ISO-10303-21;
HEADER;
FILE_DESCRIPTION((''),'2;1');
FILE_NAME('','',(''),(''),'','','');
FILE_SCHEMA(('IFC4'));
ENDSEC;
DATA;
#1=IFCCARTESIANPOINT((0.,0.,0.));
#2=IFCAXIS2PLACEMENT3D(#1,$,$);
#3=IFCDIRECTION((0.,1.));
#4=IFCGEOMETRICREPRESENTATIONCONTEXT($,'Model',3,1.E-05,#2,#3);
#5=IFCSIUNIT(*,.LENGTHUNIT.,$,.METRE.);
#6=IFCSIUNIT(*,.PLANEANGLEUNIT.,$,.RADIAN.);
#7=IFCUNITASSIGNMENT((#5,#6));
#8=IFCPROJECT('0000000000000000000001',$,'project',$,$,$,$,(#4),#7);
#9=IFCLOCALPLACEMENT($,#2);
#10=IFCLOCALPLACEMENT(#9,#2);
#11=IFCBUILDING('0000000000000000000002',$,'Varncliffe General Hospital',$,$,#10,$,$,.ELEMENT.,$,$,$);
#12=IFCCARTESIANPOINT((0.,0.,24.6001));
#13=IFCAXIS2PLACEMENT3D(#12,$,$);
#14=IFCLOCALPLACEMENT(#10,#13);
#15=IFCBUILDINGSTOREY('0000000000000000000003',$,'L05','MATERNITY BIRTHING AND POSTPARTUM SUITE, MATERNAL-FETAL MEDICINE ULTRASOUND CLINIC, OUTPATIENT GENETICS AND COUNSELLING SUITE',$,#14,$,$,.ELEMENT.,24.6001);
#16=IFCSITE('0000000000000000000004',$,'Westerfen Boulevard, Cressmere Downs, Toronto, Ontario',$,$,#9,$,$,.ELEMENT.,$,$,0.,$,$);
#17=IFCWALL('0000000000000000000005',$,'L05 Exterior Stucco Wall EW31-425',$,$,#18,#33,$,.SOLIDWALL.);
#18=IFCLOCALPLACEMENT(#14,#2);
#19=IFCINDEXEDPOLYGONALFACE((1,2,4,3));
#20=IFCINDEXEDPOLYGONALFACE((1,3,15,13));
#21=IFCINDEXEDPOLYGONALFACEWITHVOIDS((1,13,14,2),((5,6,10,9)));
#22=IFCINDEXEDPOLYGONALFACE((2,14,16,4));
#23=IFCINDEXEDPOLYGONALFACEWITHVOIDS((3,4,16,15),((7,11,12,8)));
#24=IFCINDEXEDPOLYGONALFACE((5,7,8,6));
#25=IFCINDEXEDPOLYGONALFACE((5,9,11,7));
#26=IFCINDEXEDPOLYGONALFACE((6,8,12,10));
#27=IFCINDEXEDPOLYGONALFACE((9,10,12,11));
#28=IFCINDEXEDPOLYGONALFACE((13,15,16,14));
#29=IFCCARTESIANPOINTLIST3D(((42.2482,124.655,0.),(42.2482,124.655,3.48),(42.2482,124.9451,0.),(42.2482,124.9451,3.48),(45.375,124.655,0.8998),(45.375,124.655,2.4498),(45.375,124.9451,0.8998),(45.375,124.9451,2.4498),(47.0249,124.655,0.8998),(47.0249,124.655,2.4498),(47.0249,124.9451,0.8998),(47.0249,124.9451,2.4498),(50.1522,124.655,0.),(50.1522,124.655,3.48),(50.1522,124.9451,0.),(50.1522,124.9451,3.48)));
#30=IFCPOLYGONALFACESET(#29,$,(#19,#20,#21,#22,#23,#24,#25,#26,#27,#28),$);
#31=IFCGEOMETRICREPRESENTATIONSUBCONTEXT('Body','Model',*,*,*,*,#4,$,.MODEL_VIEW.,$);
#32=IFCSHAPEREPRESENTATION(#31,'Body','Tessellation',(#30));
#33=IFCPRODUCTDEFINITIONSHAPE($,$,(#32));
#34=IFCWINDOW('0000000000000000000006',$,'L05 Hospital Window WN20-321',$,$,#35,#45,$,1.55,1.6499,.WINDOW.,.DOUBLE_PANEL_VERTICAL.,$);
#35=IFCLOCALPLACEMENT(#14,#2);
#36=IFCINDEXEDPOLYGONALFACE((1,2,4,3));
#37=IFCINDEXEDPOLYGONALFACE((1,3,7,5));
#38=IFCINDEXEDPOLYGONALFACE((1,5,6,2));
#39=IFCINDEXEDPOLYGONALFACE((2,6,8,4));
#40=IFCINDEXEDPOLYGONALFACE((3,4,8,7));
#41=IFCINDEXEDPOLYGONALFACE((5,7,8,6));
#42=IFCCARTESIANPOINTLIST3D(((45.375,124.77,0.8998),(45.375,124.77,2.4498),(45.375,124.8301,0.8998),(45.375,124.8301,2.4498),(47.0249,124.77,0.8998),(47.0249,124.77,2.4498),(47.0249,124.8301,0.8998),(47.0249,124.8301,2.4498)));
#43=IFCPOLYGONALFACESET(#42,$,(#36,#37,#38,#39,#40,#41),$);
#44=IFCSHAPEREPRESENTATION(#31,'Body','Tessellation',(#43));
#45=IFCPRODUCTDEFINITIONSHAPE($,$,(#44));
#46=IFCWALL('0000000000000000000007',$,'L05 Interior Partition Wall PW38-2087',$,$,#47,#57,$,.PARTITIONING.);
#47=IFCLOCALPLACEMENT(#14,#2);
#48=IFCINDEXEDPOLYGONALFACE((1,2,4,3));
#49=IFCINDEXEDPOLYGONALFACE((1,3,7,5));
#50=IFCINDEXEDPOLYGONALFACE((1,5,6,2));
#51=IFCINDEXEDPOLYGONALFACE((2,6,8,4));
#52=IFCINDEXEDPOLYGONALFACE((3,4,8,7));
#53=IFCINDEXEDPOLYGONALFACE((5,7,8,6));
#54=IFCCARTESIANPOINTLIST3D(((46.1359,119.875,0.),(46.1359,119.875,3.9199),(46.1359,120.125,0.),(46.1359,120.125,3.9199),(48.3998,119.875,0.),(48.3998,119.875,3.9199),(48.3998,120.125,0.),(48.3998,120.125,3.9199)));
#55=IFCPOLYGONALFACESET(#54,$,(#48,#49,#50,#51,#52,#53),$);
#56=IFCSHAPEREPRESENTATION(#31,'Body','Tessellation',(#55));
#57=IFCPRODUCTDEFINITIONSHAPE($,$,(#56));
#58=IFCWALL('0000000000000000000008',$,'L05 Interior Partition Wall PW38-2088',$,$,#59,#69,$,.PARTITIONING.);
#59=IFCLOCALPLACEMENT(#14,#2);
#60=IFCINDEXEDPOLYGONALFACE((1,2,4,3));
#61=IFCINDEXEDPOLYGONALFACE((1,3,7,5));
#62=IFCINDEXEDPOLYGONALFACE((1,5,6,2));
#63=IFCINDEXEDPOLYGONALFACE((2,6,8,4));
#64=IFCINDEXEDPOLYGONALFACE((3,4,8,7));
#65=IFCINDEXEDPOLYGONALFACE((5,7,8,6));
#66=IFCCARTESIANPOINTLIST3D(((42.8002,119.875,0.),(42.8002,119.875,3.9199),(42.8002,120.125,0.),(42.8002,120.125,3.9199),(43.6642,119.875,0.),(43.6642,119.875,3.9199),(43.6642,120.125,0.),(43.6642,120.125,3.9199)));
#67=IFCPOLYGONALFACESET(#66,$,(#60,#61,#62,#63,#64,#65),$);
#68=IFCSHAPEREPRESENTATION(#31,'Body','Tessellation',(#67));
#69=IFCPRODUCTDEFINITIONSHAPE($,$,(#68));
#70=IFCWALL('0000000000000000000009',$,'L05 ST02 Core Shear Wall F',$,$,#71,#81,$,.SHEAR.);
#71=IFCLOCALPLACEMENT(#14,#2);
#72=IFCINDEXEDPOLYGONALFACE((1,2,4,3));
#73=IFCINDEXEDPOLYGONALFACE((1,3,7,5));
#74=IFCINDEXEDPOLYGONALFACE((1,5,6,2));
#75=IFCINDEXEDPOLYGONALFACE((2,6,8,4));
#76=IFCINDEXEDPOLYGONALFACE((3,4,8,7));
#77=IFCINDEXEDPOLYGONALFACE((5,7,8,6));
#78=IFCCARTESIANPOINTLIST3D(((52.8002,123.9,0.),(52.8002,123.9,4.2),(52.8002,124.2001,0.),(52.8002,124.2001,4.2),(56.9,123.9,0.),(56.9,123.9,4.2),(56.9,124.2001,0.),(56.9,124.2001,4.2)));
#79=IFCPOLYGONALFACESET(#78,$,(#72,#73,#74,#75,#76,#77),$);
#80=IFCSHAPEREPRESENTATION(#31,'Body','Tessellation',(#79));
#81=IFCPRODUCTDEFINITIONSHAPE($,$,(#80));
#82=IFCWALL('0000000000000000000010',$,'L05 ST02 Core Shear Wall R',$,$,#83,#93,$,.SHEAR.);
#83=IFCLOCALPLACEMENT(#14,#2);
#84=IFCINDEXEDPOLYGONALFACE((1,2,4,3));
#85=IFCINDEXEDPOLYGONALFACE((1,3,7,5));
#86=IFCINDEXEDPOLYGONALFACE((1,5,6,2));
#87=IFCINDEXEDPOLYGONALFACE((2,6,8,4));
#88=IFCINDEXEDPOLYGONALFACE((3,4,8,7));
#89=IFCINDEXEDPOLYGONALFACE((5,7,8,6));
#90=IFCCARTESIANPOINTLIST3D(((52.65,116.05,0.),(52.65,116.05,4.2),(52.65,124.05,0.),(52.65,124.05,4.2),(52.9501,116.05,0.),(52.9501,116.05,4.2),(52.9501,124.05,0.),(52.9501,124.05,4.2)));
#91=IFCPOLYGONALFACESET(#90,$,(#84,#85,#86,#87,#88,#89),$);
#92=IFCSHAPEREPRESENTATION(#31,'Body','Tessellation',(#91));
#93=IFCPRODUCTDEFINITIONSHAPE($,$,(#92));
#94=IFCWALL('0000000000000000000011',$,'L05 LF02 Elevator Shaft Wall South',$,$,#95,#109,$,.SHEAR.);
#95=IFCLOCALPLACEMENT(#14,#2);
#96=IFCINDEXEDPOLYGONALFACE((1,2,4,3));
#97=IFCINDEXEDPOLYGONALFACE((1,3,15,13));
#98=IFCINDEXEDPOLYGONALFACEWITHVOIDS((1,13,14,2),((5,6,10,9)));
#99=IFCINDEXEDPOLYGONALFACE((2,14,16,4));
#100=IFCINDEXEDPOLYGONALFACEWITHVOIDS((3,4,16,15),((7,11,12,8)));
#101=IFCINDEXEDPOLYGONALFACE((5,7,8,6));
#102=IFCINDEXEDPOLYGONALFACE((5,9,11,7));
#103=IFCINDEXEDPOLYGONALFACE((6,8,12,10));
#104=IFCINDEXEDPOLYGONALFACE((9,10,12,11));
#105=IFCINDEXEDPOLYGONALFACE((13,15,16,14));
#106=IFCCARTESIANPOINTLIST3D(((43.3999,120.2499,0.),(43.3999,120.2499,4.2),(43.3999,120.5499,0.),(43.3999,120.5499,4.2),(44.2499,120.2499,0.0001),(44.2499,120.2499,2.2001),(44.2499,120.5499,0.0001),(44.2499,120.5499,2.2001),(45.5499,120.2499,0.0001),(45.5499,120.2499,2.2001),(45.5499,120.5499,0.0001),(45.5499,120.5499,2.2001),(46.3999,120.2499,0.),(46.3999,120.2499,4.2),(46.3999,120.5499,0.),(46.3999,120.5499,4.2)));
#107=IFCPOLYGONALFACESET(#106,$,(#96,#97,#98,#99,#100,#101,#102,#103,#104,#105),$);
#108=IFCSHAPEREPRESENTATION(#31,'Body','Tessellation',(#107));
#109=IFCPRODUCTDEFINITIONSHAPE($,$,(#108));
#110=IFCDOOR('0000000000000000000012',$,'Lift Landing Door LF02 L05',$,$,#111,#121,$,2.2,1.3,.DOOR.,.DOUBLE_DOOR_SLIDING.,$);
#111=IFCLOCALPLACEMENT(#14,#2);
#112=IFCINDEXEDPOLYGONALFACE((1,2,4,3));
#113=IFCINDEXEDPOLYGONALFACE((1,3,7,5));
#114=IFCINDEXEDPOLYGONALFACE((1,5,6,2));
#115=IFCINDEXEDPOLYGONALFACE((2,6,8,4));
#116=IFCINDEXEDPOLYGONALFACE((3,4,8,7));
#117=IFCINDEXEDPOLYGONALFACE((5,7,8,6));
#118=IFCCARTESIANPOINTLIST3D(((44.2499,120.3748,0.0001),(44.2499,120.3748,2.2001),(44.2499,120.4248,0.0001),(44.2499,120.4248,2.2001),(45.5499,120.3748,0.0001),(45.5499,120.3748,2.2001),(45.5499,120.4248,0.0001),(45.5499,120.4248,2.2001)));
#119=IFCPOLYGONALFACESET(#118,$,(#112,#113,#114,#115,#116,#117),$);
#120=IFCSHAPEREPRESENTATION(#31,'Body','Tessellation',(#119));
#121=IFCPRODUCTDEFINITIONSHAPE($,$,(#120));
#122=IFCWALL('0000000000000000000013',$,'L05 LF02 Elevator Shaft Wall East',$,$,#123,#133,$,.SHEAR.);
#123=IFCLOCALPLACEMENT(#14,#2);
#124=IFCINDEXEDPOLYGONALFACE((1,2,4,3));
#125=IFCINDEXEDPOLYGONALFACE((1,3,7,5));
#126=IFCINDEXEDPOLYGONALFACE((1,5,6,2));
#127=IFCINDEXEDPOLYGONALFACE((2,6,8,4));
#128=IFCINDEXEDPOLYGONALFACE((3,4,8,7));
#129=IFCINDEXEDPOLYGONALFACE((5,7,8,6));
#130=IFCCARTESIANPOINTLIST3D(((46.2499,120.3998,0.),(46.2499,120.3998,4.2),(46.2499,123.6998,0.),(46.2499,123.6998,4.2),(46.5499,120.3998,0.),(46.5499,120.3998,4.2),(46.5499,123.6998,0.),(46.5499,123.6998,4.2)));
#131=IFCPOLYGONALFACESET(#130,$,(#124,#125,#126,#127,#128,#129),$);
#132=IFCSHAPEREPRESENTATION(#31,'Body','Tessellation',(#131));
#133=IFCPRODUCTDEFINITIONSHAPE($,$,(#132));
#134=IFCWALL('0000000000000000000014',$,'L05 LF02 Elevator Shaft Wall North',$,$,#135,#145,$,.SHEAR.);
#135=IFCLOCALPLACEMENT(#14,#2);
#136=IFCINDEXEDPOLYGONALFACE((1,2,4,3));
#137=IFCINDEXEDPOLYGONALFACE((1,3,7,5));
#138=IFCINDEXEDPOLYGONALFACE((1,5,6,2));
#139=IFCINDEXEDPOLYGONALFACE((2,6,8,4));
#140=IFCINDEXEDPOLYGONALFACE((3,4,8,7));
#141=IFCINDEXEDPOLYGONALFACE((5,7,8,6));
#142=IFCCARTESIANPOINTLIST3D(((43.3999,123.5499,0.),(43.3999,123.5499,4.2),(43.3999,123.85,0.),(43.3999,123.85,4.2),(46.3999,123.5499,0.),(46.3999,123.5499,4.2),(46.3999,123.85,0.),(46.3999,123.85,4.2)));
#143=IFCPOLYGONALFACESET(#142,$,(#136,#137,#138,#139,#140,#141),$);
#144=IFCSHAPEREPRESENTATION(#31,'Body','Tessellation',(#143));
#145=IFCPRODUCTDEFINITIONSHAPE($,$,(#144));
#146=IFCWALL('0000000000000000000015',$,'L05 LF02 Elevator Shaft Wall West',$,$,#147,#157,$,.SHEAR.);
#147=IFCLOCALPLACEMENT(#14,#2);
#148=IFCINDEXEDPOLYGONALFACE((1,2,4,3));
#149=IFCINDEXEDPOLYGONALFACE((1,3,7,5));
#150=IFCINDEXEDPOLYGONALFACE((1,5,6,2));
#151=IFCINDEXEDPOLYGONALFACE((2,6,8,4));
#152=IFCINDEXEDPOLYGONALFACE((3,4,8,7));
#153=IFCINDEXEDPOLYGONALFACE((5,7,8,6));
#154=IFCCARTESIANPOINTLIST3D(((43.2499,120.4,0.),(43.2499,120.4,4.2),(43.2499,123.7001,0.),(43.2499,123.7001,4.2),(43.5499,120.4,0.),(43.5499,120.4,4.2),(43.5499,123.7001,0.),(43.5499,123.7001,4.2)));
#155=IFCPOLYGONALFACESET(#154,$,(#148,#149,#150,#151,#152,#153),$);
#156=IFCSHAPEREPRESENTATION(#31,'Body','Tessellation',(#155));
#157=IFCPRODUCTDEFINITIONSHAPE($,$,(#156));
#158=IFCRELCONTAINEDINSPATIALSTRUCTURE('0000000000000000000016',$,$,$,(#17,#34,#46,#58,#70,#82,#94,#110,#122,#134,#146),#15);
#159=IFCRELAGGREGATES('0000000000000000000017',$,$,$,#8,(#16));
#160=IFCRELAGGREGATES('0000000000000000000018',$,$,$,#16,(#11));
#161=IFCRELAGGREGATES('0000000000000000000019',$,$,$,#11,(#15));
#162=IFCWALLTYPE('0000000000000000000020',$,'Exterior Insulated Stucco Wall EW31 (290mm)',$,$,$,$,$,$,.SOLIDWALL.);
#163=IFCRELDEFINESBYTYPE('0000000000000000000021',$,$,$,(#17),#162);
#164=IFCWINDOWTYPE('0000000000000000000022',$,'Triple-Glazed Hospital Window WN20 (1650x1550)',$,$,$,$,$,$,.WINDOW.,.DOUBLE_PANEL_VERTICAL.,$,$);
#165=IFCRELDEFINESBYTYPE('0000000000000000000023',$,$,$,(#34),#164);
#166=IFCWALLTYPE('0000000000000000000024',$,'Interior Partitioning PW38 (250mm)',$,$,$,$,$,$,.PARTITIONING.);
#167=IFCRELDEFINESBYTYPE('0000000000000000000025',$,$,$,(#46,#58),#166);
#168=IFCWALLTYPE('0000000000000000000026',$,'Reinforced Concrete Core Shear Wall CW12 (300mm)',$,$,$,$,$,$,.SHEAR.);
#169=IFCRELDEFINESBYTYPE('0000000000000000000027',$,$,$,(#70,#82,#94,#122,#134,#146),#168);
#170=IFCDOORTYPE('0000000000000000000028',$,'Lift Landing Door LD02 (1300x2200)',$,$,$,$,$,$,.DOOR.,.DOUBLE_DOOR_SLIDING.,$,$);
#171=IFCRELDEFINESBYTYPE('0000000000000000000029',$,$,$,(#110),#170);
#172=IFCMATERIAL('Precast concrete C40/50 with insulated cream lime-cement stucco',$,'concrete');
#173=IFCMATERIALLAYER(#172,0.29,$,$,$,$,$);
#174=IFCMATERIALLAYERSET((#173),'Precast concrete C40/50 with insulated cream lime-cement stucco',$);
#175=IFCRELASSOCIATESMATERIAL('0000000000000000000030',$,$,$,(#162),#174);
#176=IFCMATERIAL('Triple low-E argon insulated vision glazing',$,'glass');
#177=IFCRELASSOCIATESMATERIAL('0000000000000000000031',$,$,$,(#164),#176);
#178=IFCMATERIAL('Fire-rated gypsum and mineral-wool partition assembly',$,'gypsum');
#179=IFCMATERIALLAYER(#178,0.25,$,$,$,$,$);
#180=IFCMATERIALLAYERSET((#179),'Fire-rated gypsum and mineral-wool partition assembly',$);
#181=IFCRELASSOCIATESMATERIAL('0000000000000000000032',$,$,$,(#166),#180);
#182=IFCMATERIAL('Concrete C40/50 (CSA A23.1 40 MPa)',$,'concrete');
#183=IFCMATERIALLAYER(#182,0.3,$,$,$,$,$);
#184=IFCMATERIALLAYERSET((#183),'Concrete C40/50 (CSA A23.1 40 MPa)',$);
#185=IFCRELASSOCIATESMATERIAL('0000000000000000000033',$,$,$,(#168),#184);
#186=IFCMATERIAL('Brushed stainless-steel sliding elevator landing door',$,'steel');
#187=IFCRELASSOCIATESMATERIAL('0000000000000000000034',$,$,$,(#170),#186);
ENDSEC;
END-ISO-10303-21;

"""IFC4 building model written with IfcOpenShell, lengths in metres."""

from ifc_helpers import new_model, si_unit, direction, frame, frame_2d, origin, place, context, subcontext, project, spatial, rectangle, extrude, material, layer, layer_set, type_object, element, fill, save


model = new_model("IFC4")

# Units and contexts
model_context = context("Model", 3, precision=1e-05, world=origin(), true_north=direction((0.0, 1.0)))
body_context = subcontext(model_context, "Body", "Model", "MODEL_VIEW")
ifc_project = project(units=[si_unit("LENGTHUNIT", "METRE"), si_unit("PLANEANGLEUNIT", "RADIAN")], contexts=[model_context])

# Site, building, storey
site_placement = place(None, origin())
site = spatial("IfcSite", under=ifc_project, at=site_placement, Name="Westerfen Boulevard, Cressmere Downs, Toronto, Ontario", CompositionType="ELEMENT", RefElevation=0.0)
building_placement = place(site_placement, origin())
building = spatial("IfcBuilding", under=site, at=building_placement, Name="Varncliffe General Hospital", CompositionType="ELEMENT")
storey_placement = place(building_placement, frame((0.0, 0.0, 24.6001)))
storey = spatial("IfcBuildingStorey", under=building, at=storey_placement, Name="L05", Description="MATERNITY BIRTHING AND POSTPARTUM SUITE, MATERNAL-FETAL MEDICINE ULTRASOUND CLINIC, OUTPATIENT GENETICS AND COUNSELLING SUITE", CompositionType="ELEMENT", Elevation=24.6001)

# Shared definitions
ifc_material_1 = material(Name="Concrete C40/50 (CSA A23.1 40 MPa)", Category="concrete")

# Wall, opening, window
ifc_material_2 = material(Name="Precast concrete C40/50 with insulated cream lime-cement stucco", Category="concrete")
ifc_material_3 = material(Name="Triple low-E argon insulated vision glazing", Category="glass")
ifc_layer_1 = layer(ifc_material_2, 0.29)
ifc_layer_set_1 = layer_set([ifc_layer_1], Name="Precast concrete C40/50 with insulated cream lime-cement stucco")
wall_type_1 = type_object("IfcWallType", Name="Exterior Insulated Stucco Wall EW31 (290mm)", PredefinedType="SOLIDWALL", material=ifc_layer_set_1)
wall_1_placement = place(storey_placement, frame((42.248, 124.8, 0.0), z_axis=(0.0, 0.0, 1.0), x_axis=(1.0, 0.0, 0.0)))
wall_1 = element("IfcWall", 1, at=wall_1_placement, inside=storey, type_object=wall_type_1, Name="L05 Exterior Stucco Wall EW31-425", PredefinedType="SOLIDWALL", context=body_context, shape_type="SweptSolid", body=[
    extrude(rectangle(XDim=7.9041, YDim=0.29, at=frame_2d((3.9521, 0.0))), origin(), (0.0, 0.0, 1.0), 3.48),
])
opening_1_placement = place(wall_1_placement, frame((3.127, 0.0, 0.8999)))
opening_1 = element("IfcOpeningElement", 2, at=opening_1_placement, cuts=wall_1, PredefinedType="OPENING", context=body_context, shape_type="SweptSolid", body=[
    extrude(rectangle(XDim=1.6499, YDim=1.55, at=frame_2d((0.825, 0.7749))), frame((0.0, 0.155, 0.0), z_axis=(0.0, -1.0, 0.0), x_axis=(1.0, 0.0, 0.0)), (0.0, 0.0, 1.0), 0.3101),
])
window_type_1 = type_object("IfcWindowType", Name="Triple-Glazed Hospital Window WN20 (1650x1550)", PartitioningType="DOUBLE_PANEL_VERTICAL", PredefinedType="WINDOW", material=ifc_material_3)
window_1_placement = place(opening_1_placement, origin())
window_1 = element("IfcWindow", 3, at=window_1_placement, inside=storey, type_object=window_type_1, Name="L05 Hospital Window WN20-321", OverallHeight=1.55, OverallWidth=1.6499, PartitioningType="DOUBLE_PANEL_VERTICAL", PredefinedType="WINDOW", context=body_context, shape_type="SweptSolid", body=[
    extrude(rectangle(XDim=1.6499, YDim=1.55, at=frame_2d((0.825, 0.7749))), frame((0.0, 0.03, 0.0), z_axis=(0.0, -1.0, 0.0), x_axis=(1.0, 0.0, 0.0)), (0.0, 0.0, 1.0), 0.0601),
])
fill(opening_1, window_1)

# Walls
ifc_material_4 = material(Name="Fire-rated gypsum and mineral-wool partition assembly", Category="gypsum")
ifc_layer_2 = layer(ifc_material_4, 0.25)
ifc_layer_set_2 = layer_set([ifc_layer_2], Name="Fire-rated gypsum and mineral-wool partition assembly")
wall_type_2 = type_object("IfcWallType", Name="Interior Partitioning PW38 (250mm)", PredefinedType="PARTITIONING", material=ifc_layer_set_2)
wall_2_placement = place(storey_placement, frame((46.136, 120.0, 0.0), z_axis=(0.0, 0.0, 1.0), x_axis=(1.0, 0.0, 0.0)))
element("IfcWall", 4, at=wall_2_placement, inside=storey, type_object=wall_type_2, Name="L05 Interior Partition Wall PW38-2087", PredefinedType="PARTITIONING", context=body_context, shape_type="SweptSolid", body=[
    extrude(rectangle(XDim=2.2639, YDim=0.25, at=frame_2d((1.1318, 0.0))), origin(), (0.0, 0.0, 1.0), 3.9199),
])
wall_3_placement = place(storey_placement, frame((42.8, 120.0, 0.0), z_axis=(0.0, 0.0, 1.0), x_axis=(1.0, 0.0, 0.0)))
element("IfcWall", 5, at=wall_3_placement, inside=storey, type_object=wall_type_2, Name="L05 Interior Partition Wall PW38-2088", PredefinedType="PARTITIONING", context=body_context, shape_type="SweptSolid", body=[
    extrude(rectangle(XDim=0.864, YDim=0.25, at=frame_2d((0.4321, 0.0))), origin(), (0.0, 0.0, 1.0), 3.9199),
])
ifc_layer_3 = layer(ifc_material_1, 0.3)
ifc_layer_set_3 = layer_set([ifc_layer_3], Name="Concrete C40/50 (CSA A23.1 40 MPa)")
wall_type_3 = type_object("IfcWallType", Name="Reinforced Concrete Core Shear Wall CW12 (300mm)", PredefinedType="SHEAR", material=ifc_layer_set_3)
wall_4_placement = place(storey_placement, frame((56.8999, 124.05, 0.0), z_axis=(0.0, 0.0, 1.0), x_axis=(-1.0, 0.0, 0.0)))
element("IfcWall", 6, at=wall_4_placement, inside=storey, type_object=wall_type_3, Name="L05 ST02 Core Shear Wall F", PredefinedType="SHEAR", context=body_context, shape_type="SweptSolid", body=[
    extrude(rectangle(XDim=4.0999, YDim=0.3, at=frame_2d((2.0498, 0.0))), origin(), (0.0, 0.0, 1.0), 4.2),
])
wall_5_placement = place(storey_placement, frame((52.8, 124.05, 0.0), z_axis=(0.0, 0.0, 1.0), x_axis=(0.0, -1.0, 0.0)))
element("IfcWall", 7, at=wall_5_placement, inside=storey, type_object=wall_type_3, Name="L05 ST02 Core Shear Wall R", PredefinedType="SHEAR", context=body_context, shape_type="SweptSolid", body=[
    extrude(rectangle(XDim=8.0, YDim=0.3, at=frame_2d((4.0, 0.0))), origin(), (0.0, 0.0, 1.0), 4.2),
])

# Wall, opening, door
wall_6_placement = place(storey_placement, frame((43.3999, 120.3999, 0.0), z_axis=(0.0, 0.0, 1.0), x_axis=(1.0, 0.0, 0.0)))
wall_6 = element("IfcWall", 8, at=wall_6_placement, inside=storey, type_object=wall_type_3, Name="L05 LF02 Elevator Shaft Wall South", PredefinedType="SHEAR", context=body_context, shape_type="SweptSolid", body=[
    extrude(rectangle(XDim=3.0, YDim=0.3, at=frame_2d((1.5, 0.0))), origin(), (0.0, 0.0, 1.0), 4.2),
])
opening_2_placement = place(wall_6_placement, frame((0.8501, 0.0, 0.0)))
opening_2 = element("IfcOpeningElement", 9, at=opening_2_placement, cuts=wall_6, PredefinedType="OPENING", context=body_context, shape_type="SweptSolid", body=[
    extrude(rectangle(XDim=1.3, YDim=2.2, at=frame_2d((0.6499, 1.1001))), frame((0.0, 0.1602, 0.0), z_axis=(0.0, -1.0, 0.0), x_axis=(1.0, 0.0, 0.0)), (0.0, 0.0, 1.0), 0.3201),
])
ifc_material_5 = material(Name="Brushed stainless-steel sliding elevator landing door", Category="steel")
door_type = type_object("IfcDoorType", Name="Lift Landing Door LD02 (1300x2200)", OperationType="DOUBLE_DOOR_SLIDING", PredefinedType="DOOR", material=ifc_material_5)
door_placement = place(opening_2_placement, origin())
door = element("IfcDoor", 10, at=door_placement, inside=storey, type_object=door_type, Name="Lift Landing Door LF02 L05", OperationType="DOUBLE_DOOR_SLIDING", OverallHeight=2.2, OverallWidth=1.3, PredefinedType="DOOR", context=body_context, shape_type="SweptSolid", body=[
    extrude(rectangle(XDim=1.3, YDim=2.2, at=frame_2d((0.6499, 1.1001))), frame((0.0, 0.0249, 0.0), z_axis=(0.0, -1.0, 0.0), x_axis=(1.0, 0.0, 0.0)), (0.0, 0.0, 1.0), 0.05),
])
fill(opening_2, door)

# Walls
wall_7_placement = place(storey_placement, frame((46.3999, 120.3999, 0.0), z_axis=(0.0, 0.0, 1.0), x_axis=(0.0, 1.0, 0.0)))
element("IfcWall", 11, at=wall_7_placement, inside=storey, type_object=wall_type_3, Name="L05 LF02 Elevator Shaft Wall East", PredefinedType="SHEAR", context=body_context, shape_type="SweptSolid", body=[
    extrude(rectangle(XDim=3.3, YDim=0.3, at=frame_2d((1.6499, 0.0))), origin(), (0.0, 0.0, 1.0), 4.2),
])
wall_8_placement = place(storey_placement, frame((46.3999, 123.7, 0.0), z_axis=(0.0, 0.0, 1.0), x_axis=(-1.0, 0.0, 0.0)))
element("IfcWall", 12, at=wall_8_placement, inside=storey, type_object=wall_type_3, Name="L05 LF02 Elevator Shaft Wall North", PredefinedType="SHEAR", context=body_context, shape_type="SweptSolid", body=[
    extrude(rectangle(XDim=3.0, YDim=0.3, at=frame_2d((1.5, 0.0))), origin(), (0.0, 0.0, 1.0), 4.2),
])
wall_9_placement = place(storey_placement, frame((43.3999, 123.7, 0.0), z_axis=(0.0, 0.0, 1.0), x_axis=(0.0, -1.0, 0.0)))
element("IfcWall", 13, at=wall_9_placement, inside=storey, type_object=wall_type_3, Name="L05 LF02 Elevator Shaft Wall West", PredefinedType="SHEAR", context=body_context, shape_type="SweptSolid", body=[
    extrude(rectangle(XDim=3.3, YDim=0.3, at=frame_2d((1.6499, 0.0))), origin(), (0.0, 0.0, 1.0), 4.2),
])

save(model, "model.ifc")
